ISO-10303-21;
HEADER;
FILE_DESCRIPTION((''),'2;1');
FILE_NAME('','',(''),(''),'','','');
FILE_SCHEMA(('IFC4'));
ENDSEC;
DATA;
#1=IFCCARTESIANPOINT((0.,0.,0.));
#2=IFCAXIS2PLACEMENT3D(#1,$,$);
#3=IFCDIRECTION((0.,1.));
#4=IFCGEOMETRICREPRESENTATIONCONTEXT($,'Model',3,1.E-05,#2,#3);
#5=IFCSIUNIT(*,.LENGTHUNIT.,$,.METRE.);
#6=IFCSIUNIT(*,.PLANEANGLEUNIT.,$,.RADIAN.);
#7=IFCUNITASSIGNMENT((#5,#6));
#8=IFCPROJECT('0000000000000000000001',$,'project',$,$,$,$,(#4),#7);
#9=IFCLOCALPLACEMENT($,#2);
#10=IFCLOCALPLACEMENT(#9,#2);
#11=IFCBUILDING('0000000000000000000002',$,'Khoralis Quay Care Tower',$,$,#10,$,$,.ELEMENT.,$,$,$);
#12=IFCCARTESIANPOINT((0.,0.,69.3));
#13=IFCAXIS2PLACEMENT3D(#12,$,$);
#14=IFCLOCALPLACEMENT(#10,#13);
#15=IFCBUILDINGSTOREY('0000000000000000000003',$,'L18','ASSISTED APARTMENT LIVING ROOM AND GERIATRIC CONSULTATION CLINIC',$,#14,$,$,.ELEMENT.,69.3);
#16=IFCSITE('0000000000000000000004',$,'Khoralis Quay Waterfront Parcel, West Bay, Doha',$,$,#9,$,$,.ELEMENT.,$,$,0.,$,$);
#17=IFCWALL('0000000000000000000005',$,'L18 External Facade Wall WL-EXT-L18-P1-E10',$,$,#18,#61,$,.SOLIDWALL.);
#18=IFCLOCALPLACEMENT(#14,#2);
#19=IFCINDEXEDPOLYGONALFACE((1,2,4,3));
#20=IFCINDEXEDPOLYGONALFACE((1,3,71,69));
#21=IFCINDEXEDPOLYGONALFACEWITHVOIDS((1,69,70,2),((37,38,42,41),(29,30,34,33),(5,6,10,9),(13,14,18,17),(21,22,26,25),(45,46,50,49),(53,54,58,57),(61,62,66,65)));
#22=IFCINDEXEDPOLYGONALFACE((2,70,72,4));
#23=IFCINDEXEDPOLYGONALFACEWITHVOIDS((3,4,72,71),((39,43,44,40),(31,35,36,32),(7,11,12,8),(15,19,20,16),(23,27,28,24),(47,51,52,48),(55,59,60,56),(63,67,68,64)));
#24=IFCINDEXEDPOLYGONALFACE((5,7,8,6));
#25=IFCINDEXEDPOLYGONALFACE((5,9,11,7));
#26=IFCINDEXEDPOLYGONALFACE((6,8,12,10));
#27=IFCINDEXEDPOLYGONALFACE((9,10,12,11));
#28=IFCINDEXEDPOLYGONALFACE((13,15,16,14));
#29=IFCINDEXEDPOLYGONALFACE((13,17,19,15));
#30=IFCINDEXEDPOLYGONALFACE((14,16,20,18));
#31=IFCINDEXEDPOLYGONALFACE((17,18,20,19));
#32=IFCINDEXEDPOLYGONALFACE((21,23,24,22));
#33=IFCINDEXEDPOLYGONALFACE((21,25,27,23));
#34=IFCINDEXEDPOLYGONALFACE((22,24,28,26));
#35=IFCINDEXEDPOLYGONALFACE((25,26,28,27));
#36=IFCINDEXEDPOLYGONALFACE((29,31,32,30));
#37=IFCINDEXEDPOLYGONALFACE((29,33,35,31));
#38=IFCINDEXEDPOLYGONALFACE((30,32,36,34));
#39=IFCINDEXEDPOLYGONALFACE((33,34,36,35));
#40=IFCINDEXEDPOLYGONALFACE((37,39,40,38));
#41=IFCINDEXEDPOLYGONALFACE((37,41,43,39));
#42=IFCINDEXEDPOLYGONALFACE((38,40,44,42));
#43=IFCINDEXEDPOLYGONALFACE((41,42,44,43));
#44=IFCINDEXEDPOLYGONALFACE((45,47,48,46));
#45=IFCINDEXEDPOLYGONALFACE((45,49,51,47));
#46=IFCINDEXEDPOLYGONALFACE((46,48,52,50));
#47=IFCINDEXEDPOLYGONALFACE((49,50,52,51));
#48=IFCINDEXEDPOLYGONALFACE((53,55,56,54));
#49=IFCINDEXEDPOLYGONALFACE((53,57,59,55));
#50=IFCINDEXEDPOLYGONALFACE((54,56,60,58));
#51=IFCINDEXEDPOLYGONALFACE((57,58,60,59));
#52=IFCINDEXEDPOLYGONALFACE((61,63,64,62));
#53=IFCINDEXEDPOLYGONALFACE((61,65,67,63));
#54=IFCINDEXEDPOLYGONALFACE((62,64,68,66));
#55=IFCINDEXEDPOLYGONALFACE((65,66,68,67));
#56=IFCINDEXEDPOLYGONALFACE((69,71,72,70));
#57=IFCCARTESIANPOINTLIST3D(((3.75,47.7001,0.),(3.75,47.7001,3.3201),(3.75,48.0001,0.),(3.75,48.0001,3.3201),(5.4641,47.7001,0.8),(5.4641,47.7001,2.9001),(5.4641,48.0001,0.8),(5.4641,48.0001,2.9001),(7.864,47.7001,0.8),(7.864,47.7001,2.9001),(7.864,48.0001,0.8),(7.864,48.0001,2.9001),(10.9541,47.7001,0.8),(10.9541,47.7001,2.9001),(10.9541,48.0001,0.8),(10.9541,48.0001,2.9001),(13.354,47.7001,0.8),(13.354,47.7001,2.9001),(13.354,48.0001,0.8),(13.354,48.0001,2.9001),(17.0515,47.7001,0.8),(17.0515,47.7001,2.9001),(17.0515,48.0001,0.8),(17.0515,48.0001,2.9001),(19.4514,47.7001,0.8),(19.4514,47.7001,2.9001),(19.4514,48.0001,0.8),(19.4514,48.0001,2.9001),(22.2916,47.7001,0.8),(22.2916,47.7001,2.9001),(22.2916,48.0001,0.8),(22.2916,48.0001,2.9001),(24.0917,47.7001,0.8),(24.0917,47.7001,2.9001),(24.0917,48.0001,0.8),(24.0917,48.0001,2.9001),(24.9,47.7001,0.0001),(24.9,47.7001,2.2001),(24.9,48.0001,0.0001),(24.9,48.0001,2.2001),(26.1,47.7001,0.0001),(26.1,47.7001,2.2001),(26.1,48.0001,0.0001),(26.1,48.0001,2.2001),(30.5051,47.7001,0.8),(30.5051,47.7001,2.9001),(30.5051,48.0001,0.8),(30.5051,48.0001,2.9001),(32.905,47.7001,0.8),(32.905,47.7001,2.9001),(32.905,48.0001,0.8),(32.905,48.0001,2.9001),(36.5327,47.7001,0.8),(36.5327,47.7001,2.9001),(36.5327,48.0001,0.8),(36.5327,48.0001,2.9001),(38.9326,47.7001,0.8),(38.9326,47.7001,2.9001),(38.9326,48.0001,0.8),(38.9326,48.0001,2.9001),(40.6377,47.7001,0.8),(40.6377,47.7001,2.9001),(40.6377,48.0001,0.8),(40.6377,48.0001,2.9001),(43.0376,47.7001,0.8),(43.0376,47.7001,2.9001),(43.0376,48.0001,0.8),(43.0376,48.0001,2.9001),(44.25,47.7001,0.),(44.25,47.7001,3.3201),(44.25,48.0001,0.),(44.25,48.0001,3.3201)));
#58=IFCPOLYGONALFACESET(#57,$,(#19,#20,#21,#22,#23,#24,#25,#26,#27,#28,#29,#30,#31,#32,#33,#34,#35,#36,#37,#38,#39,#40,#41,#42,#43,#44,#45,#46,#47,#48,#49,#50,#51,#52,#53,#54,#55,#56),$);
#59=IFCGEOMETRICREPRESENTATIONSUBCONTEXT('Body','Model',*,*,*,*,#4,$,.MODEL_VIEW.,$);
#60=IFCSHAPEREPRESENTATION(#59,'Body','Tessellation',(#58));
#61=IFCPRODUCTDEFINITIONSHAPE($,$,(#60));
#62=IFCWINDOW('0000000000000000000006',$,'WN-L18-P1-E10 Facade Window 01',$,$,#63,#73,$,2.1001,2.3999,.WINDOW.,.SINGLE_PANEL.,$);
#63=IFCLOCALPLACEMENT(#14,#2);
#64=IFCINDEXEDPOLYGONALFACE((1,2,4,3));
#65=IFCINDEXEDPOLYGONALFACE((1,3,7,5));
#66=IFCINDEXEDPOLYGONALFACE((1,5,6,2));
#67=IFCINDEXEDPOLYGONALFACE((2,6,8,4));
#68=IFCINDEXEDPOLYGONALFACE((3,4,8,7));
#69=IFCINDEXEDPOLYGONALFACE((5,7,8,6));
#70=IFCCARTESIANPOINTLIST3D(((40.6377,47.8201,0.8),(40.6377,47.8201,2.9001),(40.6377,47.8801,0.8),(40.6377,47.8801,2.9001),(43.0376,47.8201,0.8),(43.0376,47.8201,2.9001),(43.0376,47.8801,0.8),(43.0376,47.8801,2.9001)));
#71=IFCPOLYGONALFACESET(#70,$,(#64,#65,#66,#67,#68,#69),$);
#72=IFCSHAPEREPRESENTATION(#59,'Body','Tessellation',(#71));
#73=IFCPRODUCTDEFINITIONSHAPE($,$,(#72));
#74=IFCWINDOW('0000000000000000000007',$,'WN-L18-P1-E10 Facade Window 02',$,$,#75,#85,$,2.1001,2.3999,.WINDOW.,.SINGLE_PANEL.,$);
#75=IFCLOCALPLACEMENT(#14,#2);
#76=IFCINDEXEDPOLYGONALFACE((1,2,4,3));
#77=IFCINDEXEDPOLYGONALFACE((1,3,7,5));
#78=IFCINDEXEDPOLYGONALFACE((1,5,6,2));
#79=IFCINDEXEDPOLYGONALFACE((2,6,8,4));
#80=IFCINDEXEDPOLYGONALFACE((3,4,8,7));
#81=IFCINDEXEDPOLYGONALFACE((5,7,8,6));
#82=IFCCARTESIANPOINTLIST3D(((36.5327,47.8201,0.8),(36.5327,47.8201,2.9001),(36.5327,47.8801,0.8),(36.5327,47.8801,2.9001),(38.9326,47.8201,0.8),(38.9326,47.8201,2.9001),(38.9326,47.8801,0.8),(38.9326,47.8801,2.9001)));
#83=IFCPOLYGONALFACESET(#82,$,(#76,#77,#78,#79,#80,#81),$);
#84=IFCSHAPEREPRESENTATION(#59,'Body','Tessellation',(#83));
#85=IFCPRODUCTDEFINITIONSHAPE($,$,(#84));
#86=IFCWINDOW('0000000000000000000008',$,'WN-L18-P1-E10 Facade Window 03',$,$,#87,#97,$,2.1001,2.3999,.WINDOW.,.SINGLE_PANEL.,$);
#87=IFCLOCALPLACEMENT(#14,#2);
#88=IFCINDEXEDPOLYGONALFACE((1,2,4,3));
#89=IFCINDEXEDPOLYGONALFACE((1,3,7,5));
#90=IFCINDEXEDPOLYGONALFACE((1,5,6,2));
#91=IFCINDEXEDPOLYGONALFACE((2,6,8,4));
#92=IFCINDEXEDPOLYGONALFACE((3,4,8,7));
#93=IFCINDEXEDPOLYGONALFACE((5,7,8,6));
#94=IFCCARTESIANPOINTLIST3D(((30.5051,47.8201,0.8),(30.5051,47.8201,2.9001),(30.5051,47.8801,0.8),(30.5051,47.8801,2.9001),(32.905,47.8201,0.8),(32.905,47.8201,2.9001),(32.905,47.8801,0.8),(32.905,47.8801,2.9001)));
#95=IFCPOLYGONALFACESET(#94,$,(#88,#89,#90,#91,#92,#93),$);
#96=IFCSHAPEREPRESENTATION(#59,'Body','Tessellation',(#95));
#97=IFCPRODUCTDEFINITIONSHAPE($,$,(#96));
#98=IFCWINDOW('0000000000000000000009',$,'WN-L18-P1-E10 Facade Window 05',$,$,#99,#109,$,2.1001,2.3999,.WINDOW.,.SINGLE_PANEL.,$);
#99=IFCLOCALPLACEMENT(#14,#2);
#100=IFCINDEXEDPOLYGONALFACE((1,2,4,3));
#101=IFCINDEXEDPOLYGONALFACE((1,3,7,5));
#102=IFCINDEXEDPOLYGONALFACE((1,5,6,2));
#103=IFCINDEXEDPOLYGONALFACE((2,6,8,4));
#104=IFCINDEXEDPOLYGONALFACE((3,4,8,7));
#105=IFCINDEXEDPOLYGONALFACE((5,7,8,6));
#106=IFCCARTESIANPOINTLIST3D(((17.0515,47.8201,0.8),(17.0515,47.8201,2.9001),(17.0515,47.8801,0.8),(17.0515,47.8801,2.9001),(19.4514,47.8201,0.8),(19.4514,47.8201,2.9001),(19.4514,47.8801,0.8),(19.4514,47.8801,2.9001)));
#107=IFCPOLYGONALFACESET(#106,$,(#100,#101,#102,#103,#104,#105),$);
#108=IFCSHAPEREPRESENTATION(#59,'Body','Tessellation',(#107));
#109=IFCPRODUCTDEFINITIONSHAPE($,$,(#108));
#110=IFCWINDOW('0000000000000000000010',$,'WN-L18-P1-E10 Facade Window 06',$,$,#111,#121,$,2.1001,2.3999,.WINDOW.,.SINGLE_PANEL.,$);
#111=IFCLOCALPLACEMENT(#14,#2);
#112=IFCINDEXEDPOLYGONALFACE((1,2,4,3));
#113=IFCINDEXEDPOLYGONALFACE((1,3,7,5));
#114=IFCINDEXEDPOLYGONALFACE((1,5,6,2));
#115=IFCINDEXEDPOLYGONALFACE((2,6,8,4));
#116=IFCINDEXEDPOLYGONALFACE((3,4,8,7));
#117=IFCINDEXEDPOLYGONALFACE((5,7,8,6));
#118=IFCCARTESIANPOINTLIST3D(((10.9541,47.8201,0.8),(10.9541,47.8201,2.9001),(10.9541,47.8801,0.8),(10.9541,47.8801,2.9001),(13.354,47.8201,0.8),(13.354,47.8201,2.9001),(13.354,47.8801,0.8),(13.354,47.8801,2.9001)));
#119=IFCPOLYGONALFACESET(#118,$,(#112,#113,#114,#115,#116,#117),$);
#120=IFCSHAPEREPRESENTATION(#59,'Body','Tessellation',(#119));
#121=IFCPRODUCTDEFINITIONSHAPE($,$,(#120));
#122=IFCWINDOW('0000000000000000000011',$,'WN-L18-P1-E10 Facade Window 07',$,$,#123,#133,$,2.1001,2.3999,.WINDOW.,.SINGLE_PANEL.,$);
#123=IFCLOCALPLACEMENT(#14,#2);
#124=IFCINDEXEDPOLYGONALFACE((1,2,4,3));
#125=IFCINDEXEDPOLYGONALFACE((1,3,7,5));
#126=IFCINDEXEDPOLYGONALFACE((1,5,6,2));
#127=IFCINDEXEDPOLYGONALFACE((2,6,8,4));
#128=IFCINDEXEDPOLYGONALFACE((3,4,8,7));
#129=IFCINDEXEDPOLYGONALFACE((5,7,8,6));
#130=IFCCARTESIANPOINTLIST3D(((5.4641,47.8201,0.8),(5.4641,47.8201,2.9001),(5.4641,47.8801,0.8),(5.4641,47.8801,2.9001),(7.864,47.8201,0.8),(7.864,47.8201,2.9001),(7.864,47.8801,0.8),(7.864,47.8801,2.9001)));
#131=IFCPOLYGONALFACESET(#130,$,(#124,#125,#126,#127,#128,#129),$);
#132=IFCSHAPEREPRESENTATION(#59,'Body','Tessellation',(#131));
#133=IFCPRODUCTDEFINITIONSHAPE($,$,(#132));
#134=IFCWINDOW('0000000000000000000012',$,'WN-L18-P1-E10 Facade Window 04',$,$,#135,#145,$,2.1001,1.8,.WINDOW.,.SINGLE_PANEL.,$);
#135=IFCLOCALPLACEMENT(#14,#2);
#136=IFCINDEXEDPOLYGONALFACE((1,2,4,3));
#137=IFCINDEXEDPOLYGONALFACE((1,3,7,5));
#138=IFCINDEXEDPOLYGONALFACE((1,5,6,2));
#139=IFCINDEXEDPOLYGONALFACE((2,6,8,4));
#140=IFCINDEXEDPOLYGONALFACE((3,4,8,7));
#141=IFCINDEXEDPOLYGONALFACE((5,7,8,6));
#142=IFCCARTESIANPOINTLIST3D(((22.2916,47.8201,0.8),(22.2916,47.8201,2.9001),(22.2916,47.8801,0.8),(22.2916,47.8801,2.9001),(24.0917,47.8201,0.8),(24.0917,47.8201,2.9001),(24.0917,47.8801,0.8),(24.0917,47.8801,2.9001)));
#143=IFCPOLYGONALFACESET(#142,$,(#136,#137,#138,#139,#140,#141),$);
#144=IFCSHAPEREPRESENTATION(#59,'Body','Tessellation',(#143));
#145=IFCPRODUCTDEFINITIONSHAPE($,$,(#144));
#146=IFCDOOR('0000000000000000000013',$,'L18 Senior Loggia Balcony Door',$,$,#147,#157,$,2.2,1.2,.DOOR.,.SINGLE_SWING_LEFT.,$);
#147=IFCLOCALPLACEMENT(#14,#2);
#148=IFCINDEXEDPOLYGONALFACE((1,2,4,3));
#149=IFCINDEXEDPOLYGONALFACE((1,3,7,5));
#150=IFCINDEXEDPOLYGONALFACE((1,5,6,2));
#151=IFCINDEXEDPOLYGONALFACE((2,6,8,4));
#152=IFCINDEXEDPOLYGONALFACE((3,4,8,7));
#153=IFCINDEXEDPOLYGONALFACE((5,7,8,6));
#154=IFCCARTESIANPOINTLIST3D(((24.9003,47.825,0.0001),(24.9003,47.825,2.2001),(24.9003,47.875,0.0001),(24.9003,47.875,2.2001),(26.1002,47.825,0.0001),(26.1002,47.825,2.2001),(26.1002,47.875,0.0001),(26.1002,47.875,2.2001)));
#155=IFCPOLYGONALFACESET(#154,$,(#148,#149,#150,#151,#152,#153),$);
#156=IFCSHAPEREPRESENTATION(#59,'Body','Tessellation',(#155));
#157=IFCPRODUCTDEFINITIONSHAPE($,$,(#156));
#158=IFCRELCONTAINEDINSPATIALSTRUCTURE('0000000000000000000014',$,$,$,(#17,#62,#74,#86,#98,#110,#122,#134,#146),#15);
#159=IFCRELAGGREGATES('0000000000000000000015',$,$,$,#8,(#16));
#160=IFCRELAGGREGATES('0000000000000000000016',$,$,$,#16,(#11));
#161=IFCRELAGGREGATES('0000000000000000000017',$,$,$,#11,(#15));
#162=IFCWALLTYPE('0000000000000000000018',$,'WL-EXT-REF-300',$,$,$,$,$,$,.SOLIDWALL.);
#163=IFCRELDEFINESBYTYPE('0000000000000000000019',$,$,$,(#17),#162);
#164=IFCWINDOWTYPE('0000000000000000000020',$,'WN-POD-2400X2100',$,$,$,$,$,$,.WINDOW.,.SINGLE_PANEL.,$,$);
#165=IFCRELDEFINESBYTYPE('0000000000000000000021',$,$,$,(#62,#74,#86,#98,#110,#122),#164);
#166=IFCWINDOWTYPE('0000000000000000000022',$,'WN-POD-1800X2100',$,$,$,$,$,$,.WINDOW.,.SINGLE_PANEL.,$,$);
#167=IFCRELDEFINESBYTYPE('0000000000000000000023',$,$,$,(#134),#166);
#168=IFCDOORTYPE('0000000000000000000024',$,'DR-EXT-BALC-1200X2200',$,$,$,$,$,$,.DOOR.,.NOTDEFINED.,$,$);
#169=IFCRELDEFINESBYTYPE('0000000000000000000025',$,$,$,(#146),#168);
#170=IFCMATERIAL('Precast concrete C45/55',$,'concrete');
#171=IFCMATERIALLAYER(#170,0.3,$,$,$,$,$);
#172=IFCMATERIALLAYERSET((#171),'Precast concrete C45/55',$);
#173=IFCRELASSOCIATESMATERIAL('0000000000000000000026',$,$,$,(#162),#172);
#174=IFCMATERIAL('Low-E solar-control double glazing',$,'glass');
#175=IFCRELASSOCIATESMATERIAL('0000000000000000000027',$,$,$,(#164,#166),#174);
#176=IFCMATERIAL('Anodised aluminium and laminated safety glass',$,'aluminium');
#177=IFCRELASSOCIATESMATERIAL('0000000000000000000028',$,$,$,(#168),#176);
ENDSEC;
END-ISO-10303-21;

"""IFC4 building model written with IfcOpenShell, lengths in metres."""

from ifc_helpers import new_model, si_unit, direction, frame, frame_2d, origin, place, context, subcontext, project, spatial, rectangle, extrude, source, transform, mapped, material, layer, layer_set, type_object, element, fill, save


model = new_model("IFC4")

# Units and contexts
model_context = context("Model", 3, precision=1e-05, world=origin(), true_north=direction((0.0, 1.0)))
body_context = subcontext(model_context, "Body", "Model", "MODEL_VIEW")
ifc_project = project(units=[si_unit("LENGTHUNIT", "METRE"), si_unit("PLANEANGLEUNIT", "RADIAN")], contexts=[model_context])

# Site, building, storey
site_placement = place(None, origin())
site = spatial("IfcSite", under=ifc_project, at=site_placement, Name="Khoralis Quay Waterfront Parcel, West Bay, Doha", CompositionType="ELEMENT", RefElevation=0.0)
building_placement = place(site_placement, origin())
building = spatial("IfcBuilding", under=site, at=building_placement, Name="Khoralis Quay Care Tower", CompositionType="ELEMENT")
storey_placement = place(building_placement, frame((0.0, 0.0, 69.3)))
storey = spatial("IfcBuildingStorey", under=building, at=storey_placement, Name="L18", Description="ASSISTED APARTMENT LIVING ROOM AND GERIATRIC CONSULTATION CLINIC", CompositionType="ELEMENT", Elevation=69.3)

# Shared definitions
ifc_material_1 = material(Name="Low-E solar-control double glazing", Category="glass")

# Shared definitions
ifc_material_2 = material(Name="Precast concrete C45/55", Category="concrete")
ifc_layer_1 = layer(ifc_material_2, 0.3)
ifc_layer_set_1 = layer_set([ifc_layer_1], Name="Precast concrete C45/55")
wall_type_1 = type_object("IfcWallType", Name="WL-EXT-REF-300", PredefinedType="SOLIDWALL", material=ifc_layer_set_1)
window_type_1 = type_object("IfcWindowType", Name="WN-POD-2400X2100", PartitioningType="SINGLE_PANEL", PredefinedType="WINDOW", material=ifc_material_1)
shared_shape_1 = source(origin(), body_context, "Body", "SweptSolid", [
    extrude(rectangle(XDim=2.3999, YDim=2.1001, at=frame_2d((1.2, 1.05))), frame((0.0, 0.03, 0.0), z_axis=(0.0, -1.0, 0.0), x_axis=(1.0, 0.0, 0.0)), (0.0, 0.0, 1.0), 0.0601),
])

# Wall, openings, windows, door
wall_1_placement = place(storey_placement, frame((44.25, 47.8501, 0.0), z_axis=(0.0, 0.0, 1.0), x_axis=(-1.0, 0.0, 0.0)))
wall_1 = element("IfcWall", 1, at=wall_1_placement, inside=storey, type_object=wall_type_1, Name="L18 External Facade Wall WL-EXT-L18-P1-E10", PredefinedType="SOLIDWALL", context=body_context, shape_type="SweptSolid", body=[
    extrude(rectangle(XDim=40.5, YDim=0.3, at=frame_2d((20.25, 0.0))), origin(), (0.0, 0.0, 1.0), 3.3201),
])
opening_1_placement = place(wall_1_placement, frame((1.2124, 0.0, 0.8)))
opening_1 = element("IfcOpeningElement", 2, at=opening_1_placement, cuts=wall_1, PredefinedType="OPENING", context=body_context, shape_type="SweptSolid", body=[
    extrude(rectangle(XDim=2.3999, YDim=2.1001, at=frame_2d((1.2, 1.05))), frame((0.0, 0.1602, 0.0), z_axis=(0.0, -1.0, 0.0), x_axis=(1.0, 0.0, 0.0)), (0.0, 0.0, 1.0), 0.3201),
])
opening_2_placement = place(wall_1_placement, frame((5.3174, 0.0, 0.8)))
opening_2 = element("IfcOpeningElement", 3, at=opening_2_placement, cuts=wall_1, PredefinedType="OPENING", context=body_context, shape_type="SweptSolid", body=[
    extrude(rectangle(XDim=2.3999, YDim=2.1001, at=frame_2d((1.2, 1.05))), frame((0.0, 0.1602, 0.0), z_axis=(0.0, -1.0, 0.0), x_axis=(1.0, 0.0, 0.0)), (0.0, 0.0, 1.0), 0.3201),
])
opening_3_placement = place(wall_1_placement, frame((11.345, 0.0, 0.8)))
opening_3 = element("IfcOpeningElement", 4, at=opening_3_placement, cuts=wall_1, PredefinedType="OPENING", context=body_context, shape_type="SweptSolid", body=[
    extrude(rectangle(XDim=2.3999, YDim=2.1001, at=frame_2d((1.2, 1.05))), frame((0.0, 0.1602, 0.0), z_axis=(0.0, -1.0, 0.0), x_axis=(1.0, 0.0, 0.0)), (0.0, 0.0, 1.0), 0.3201),
])
opening_4_placement = place(wall_1_placement, frame((20.1584, 0.0, 0.8)))
opening_4 = element("IfcOpeningElement", 5, at=opening_4_placement, cuts=wall_1, PredefinedType="OPENING", context=body_context, shape_type="SweptSolid", body=[
    extrude(rectangle(XDim=1.8, YDim=2.1001, at=frame_2d((0.8999, 1.05))), frame((0.0, 0.1602, 0.0), z_axis=(0.0, -1.0, 0.0), x_axis=(1.0, 0.0, 0.0)), (0.0, 0.0, 1.0), 0.3201),
])
opening_5_placement = place(wall_1_placement, frame((24.7986, 0.0, 0.8)))
opening_5 = element("IfcOpeningElement", 6, at=opening_5_placement, cuts=wall_1, PredefinedType="OPENING", context=body_context, shape_type="SweptSolid", body=[
    extrude(rectangle(XDim=2.3999, YDim=2.1001, at=frame_2d((1.2, 1.05))), frame((0.0, 0.1602, 0.0), z_axis=(0.0, -1.0, 0.0), x_axis=(1.0, 0.0, 0.0)), (0.0, 0.0, 1.0), 0.3201),
])
opening_6_placement = place(wall_1_placement, frame((30.896, 0.0, 0.8)))
opening_6 = element("IfcOpeningElement", 7, at=opening_6_placement, cuts=wall_1, PredefinedType="OPENING", context=body_context, shape_type="SweptSolid", body=[
    extrude(rectangle(XDim=2.3999, YDim=2.1001, at=frame_2d((1.2, 1.05))), frame((0.0, 0.1602, 0.0), z_axis=(0.0, -1.0, 0.0), x_axis=(1.0, 0.0, 0.0)), (0.0, 0.0, 1.0), 0.3201),
])
opening_7_placement = place(wall_1_placement, frame((36.386, 0.0, 0.8)))
opening_7 = element("IfcOpeningElement", 8, at=opening_7_placement, cuts=wall_1, PredefinedType="OPENING", context=body_context, shape_type="SweptSolid", body=[
    extrude(rectangle(XDim=2.3999, YDim=2.1001, at=frame_2d((1.2, 1.05))), frame((0.0, 0.1602, 0.0), z_axis=(0.0, -1.0, 0.0), x_axis=(1.0, 0.0, 0.0)), (0.0, 0.0, 1.0), 0.3201),
])
opening_8_placement = place(wall_1_placement, frame((18.1499, 0.0, 0.0)))
opening_8 = element("IfcOpeningElement", 9, at=opening_8_placement, cuts=wall_1, PredefinedType="OPENING", context=body_context, shape_type="SweptSolid", body=[
    extrude(rectangle(XDim=1.2, YDim=2.2, at=frame_2d((0.6001, 1.1001))), frame((0.0, 0.1602, 0.0), z_axis=(0.0, -1.0, 0.0), x_axis=(1.0, 0.0, 0.0)), (0.0, 0.0, 1.0), 0.3201),
])
window_1_placement = place(opening_1_placement, origin())
window_1 = element("IfcWindow", 10, at=window_1_placement, inside=storey, type_object=window_type_1, Name="WN-L18-P1-E10 Facade Window 01", OverallHeight=2.1001, OverallWidth=2.3999, PartitioningType="SINGLE_PANEL", PredefinedType="WINDOW", context=body_context, shape_type="MappedRepresentation", body=[
    mapped(shared_shape_1, transform((0.0, 0.0, 0.0), scale=1.0)),
])
fill(opening_1, window_1)
window_2_placement = place(opening_2_placement, origin())
window_2 = element("IfcWindow", 11, at=window_2_placement, inside=storey, type_object=window_type_1, Name="WN-L18-P1-E10 Facade Window 02", OverallHeight=2.1001, OverallWidth=2.3999, PartitioningType="SINGLE_PANEL", PredefinedType="WINDOW", context=body_context, shape_type="MappedRepresentation", body=[
    mapped(shared_shape_1, transform((0.0, 0.0, 0.0), scale=1.0)),
])
fill(opening_2, window_2)
window_3_placement = place(opening_3_placement, origin())
window_3 = element("IfcWindow", 12, at=window_3_placement, inside=storey, type_object=window_type_1, Name="WN-L18-P1-E10 Facade Window 03", OverallHeight=2.1001, OverallWidth=2.3999, PartitioningType="SINGLE_PANEL", PredefinedType="WINDOW", context=body_context, shape_type="MappedRepresentation", body=[
    mapped(shared_shape_1, transform((0.0, 0.0, 0.0), scale=1.0)),
])
fill(opening_3, window_3)
window_4_placement = place(opening_5_placement, origin())
window_4 = element("IfcWindow", 13, at=window_4_placement, inside=storey, type_object=window_type_1, Name="WN-L18-P1-E10 Facade Window 05", OverallHeight=2.1001, OverallWidth=2.3999, PartitioningType="SINGLE_PANEL", PredefinedType="WINDOW", context=body_context, shape_type="MappedRepresentation", body=[
    mapped(shared_shape_1, transform((0.0, 0.0, 0.0), scale=1.0)),
])
fill(opening_5, window_4)
window_5_placement = place(opening_6_placement, origin())
window_5 = element("IfcWindow", 14, at=window_5_placement, inside=storey, type_object=window_type_1, Name="WN-L18-P1-E10 Facade Window 06", OverallHeight=2.1001, OverallWidth=2.3999, PartitioningType="SINGLE_PANEL", PredefinedType="WINDOW", context=body_context, shape_type="MappedRepresentation", body=[
    mapped(shared_shape_1, transform((0.0, 0.0, 0.0), scale=1.0)),
])
fill(opening_6, window_5)
window_6_placement = place(opening_7_placement, origin())
window_6 = element("IfcWindow", 15, at=window_6_placement, inside=storey, type_object=window_type_1, Name="WN-L18-P1-E10 Facade Window 07", OverallHeight=2.1001, OverallWidth=2.3999, PartitioningType="SINGLE_PANEL", PredefinedType="WINDOW", context=body_context, shape_type="MappedRepresentation", body=[
    mapped(shared_shape_1, transform((0.0, 0.0, 0.0), scale=1.0)),
])
fill(opening_7, window_6)
window_type_2 = type_object("IfcWindowType", Name="WN-POD-1800X2100", PartitioningType="SINGLE_PANEL", PredefinedType="WINDOW", material=ifc_material_1)
shared_shape_2 = source(origin(), body_context, "Body", "SweptSolid", [
    extrude(rectangle(XDim=1.8, YDim=2.1001, at=frame_2d((0.8999, 1.05))), frame((0.0, 0.03, 0.0), z_axis=(0.0, -1.0, 0.0), x_axis=(1.0, 0.0, 0.0)), (0.0, 0.0, 1.0), 0.0601),
])
window_7_placement = place(opening_4_placement, origin())
window_7 = element("IfcWindow", 16, at=window_7_placement, inside=storey, type_object=window_type_2, Name="WN-L18-P1-E10 Facade Window 04", OverallHeight=2.1001, OverallWidth=1.8, PartitioningType="SINGLE_PANEL", PredefinedType="WINDOW", context=body_context, shape_type="MappedRepresentation", body=[
    mapped(shared_shape_2, transform((0.0, 0.0, 0.0), scale=1.0)),
])
fill(opening_4, window_7)
ifc_material_3 = material(Name="Anodised aluminium and laminated safety glass", Category="aluminium")
door_type = type_object("IfcDoorType", Name="DR-EXT-BALC-1200X2200", OperationType="NOTDEFINED", PredefinedType="DOOR", material=ifc_material_3)
shared_shape_3 = source(origin(), body_context, "Body", "SweptSolid", [
    extrude(rectangle(XDim=1.2, YDim=2.2, at=frame_2d((0.6001, 1.1001))), frame((0.0, 0.0249, 0.0), z_axis=(0.0, -1.0, 0.0), x_axis=(1.0, 0.0, 0.0)), (0.0, 0.0, 1.0), 0.05),
])
door_placement = place(opening_8_placement, frame((1.2, 0.0, 0.0), z_axis=(0.0, 0.0, 1.0), x_axis=(-1.0, 0.0, 0.0)))
door = element("IfcDoor", 17, at=door_placement, inside=storey, type_object=door_type, Name="L18 Senior Loggia Balcony Door", OperationType="SINGLE_SWING_LEFT", OverallHeight=2.2, OverallWidth=1.2, PredefinedType="DOOR", context=body_context, shape_type="MappedRepresentation", body=[
    mapped(shared_shape_3, transform((0.0, 0.0, 0.0), scale=1.0)),
])
fill(opening_8, door)

save(model, "model.ifc")
